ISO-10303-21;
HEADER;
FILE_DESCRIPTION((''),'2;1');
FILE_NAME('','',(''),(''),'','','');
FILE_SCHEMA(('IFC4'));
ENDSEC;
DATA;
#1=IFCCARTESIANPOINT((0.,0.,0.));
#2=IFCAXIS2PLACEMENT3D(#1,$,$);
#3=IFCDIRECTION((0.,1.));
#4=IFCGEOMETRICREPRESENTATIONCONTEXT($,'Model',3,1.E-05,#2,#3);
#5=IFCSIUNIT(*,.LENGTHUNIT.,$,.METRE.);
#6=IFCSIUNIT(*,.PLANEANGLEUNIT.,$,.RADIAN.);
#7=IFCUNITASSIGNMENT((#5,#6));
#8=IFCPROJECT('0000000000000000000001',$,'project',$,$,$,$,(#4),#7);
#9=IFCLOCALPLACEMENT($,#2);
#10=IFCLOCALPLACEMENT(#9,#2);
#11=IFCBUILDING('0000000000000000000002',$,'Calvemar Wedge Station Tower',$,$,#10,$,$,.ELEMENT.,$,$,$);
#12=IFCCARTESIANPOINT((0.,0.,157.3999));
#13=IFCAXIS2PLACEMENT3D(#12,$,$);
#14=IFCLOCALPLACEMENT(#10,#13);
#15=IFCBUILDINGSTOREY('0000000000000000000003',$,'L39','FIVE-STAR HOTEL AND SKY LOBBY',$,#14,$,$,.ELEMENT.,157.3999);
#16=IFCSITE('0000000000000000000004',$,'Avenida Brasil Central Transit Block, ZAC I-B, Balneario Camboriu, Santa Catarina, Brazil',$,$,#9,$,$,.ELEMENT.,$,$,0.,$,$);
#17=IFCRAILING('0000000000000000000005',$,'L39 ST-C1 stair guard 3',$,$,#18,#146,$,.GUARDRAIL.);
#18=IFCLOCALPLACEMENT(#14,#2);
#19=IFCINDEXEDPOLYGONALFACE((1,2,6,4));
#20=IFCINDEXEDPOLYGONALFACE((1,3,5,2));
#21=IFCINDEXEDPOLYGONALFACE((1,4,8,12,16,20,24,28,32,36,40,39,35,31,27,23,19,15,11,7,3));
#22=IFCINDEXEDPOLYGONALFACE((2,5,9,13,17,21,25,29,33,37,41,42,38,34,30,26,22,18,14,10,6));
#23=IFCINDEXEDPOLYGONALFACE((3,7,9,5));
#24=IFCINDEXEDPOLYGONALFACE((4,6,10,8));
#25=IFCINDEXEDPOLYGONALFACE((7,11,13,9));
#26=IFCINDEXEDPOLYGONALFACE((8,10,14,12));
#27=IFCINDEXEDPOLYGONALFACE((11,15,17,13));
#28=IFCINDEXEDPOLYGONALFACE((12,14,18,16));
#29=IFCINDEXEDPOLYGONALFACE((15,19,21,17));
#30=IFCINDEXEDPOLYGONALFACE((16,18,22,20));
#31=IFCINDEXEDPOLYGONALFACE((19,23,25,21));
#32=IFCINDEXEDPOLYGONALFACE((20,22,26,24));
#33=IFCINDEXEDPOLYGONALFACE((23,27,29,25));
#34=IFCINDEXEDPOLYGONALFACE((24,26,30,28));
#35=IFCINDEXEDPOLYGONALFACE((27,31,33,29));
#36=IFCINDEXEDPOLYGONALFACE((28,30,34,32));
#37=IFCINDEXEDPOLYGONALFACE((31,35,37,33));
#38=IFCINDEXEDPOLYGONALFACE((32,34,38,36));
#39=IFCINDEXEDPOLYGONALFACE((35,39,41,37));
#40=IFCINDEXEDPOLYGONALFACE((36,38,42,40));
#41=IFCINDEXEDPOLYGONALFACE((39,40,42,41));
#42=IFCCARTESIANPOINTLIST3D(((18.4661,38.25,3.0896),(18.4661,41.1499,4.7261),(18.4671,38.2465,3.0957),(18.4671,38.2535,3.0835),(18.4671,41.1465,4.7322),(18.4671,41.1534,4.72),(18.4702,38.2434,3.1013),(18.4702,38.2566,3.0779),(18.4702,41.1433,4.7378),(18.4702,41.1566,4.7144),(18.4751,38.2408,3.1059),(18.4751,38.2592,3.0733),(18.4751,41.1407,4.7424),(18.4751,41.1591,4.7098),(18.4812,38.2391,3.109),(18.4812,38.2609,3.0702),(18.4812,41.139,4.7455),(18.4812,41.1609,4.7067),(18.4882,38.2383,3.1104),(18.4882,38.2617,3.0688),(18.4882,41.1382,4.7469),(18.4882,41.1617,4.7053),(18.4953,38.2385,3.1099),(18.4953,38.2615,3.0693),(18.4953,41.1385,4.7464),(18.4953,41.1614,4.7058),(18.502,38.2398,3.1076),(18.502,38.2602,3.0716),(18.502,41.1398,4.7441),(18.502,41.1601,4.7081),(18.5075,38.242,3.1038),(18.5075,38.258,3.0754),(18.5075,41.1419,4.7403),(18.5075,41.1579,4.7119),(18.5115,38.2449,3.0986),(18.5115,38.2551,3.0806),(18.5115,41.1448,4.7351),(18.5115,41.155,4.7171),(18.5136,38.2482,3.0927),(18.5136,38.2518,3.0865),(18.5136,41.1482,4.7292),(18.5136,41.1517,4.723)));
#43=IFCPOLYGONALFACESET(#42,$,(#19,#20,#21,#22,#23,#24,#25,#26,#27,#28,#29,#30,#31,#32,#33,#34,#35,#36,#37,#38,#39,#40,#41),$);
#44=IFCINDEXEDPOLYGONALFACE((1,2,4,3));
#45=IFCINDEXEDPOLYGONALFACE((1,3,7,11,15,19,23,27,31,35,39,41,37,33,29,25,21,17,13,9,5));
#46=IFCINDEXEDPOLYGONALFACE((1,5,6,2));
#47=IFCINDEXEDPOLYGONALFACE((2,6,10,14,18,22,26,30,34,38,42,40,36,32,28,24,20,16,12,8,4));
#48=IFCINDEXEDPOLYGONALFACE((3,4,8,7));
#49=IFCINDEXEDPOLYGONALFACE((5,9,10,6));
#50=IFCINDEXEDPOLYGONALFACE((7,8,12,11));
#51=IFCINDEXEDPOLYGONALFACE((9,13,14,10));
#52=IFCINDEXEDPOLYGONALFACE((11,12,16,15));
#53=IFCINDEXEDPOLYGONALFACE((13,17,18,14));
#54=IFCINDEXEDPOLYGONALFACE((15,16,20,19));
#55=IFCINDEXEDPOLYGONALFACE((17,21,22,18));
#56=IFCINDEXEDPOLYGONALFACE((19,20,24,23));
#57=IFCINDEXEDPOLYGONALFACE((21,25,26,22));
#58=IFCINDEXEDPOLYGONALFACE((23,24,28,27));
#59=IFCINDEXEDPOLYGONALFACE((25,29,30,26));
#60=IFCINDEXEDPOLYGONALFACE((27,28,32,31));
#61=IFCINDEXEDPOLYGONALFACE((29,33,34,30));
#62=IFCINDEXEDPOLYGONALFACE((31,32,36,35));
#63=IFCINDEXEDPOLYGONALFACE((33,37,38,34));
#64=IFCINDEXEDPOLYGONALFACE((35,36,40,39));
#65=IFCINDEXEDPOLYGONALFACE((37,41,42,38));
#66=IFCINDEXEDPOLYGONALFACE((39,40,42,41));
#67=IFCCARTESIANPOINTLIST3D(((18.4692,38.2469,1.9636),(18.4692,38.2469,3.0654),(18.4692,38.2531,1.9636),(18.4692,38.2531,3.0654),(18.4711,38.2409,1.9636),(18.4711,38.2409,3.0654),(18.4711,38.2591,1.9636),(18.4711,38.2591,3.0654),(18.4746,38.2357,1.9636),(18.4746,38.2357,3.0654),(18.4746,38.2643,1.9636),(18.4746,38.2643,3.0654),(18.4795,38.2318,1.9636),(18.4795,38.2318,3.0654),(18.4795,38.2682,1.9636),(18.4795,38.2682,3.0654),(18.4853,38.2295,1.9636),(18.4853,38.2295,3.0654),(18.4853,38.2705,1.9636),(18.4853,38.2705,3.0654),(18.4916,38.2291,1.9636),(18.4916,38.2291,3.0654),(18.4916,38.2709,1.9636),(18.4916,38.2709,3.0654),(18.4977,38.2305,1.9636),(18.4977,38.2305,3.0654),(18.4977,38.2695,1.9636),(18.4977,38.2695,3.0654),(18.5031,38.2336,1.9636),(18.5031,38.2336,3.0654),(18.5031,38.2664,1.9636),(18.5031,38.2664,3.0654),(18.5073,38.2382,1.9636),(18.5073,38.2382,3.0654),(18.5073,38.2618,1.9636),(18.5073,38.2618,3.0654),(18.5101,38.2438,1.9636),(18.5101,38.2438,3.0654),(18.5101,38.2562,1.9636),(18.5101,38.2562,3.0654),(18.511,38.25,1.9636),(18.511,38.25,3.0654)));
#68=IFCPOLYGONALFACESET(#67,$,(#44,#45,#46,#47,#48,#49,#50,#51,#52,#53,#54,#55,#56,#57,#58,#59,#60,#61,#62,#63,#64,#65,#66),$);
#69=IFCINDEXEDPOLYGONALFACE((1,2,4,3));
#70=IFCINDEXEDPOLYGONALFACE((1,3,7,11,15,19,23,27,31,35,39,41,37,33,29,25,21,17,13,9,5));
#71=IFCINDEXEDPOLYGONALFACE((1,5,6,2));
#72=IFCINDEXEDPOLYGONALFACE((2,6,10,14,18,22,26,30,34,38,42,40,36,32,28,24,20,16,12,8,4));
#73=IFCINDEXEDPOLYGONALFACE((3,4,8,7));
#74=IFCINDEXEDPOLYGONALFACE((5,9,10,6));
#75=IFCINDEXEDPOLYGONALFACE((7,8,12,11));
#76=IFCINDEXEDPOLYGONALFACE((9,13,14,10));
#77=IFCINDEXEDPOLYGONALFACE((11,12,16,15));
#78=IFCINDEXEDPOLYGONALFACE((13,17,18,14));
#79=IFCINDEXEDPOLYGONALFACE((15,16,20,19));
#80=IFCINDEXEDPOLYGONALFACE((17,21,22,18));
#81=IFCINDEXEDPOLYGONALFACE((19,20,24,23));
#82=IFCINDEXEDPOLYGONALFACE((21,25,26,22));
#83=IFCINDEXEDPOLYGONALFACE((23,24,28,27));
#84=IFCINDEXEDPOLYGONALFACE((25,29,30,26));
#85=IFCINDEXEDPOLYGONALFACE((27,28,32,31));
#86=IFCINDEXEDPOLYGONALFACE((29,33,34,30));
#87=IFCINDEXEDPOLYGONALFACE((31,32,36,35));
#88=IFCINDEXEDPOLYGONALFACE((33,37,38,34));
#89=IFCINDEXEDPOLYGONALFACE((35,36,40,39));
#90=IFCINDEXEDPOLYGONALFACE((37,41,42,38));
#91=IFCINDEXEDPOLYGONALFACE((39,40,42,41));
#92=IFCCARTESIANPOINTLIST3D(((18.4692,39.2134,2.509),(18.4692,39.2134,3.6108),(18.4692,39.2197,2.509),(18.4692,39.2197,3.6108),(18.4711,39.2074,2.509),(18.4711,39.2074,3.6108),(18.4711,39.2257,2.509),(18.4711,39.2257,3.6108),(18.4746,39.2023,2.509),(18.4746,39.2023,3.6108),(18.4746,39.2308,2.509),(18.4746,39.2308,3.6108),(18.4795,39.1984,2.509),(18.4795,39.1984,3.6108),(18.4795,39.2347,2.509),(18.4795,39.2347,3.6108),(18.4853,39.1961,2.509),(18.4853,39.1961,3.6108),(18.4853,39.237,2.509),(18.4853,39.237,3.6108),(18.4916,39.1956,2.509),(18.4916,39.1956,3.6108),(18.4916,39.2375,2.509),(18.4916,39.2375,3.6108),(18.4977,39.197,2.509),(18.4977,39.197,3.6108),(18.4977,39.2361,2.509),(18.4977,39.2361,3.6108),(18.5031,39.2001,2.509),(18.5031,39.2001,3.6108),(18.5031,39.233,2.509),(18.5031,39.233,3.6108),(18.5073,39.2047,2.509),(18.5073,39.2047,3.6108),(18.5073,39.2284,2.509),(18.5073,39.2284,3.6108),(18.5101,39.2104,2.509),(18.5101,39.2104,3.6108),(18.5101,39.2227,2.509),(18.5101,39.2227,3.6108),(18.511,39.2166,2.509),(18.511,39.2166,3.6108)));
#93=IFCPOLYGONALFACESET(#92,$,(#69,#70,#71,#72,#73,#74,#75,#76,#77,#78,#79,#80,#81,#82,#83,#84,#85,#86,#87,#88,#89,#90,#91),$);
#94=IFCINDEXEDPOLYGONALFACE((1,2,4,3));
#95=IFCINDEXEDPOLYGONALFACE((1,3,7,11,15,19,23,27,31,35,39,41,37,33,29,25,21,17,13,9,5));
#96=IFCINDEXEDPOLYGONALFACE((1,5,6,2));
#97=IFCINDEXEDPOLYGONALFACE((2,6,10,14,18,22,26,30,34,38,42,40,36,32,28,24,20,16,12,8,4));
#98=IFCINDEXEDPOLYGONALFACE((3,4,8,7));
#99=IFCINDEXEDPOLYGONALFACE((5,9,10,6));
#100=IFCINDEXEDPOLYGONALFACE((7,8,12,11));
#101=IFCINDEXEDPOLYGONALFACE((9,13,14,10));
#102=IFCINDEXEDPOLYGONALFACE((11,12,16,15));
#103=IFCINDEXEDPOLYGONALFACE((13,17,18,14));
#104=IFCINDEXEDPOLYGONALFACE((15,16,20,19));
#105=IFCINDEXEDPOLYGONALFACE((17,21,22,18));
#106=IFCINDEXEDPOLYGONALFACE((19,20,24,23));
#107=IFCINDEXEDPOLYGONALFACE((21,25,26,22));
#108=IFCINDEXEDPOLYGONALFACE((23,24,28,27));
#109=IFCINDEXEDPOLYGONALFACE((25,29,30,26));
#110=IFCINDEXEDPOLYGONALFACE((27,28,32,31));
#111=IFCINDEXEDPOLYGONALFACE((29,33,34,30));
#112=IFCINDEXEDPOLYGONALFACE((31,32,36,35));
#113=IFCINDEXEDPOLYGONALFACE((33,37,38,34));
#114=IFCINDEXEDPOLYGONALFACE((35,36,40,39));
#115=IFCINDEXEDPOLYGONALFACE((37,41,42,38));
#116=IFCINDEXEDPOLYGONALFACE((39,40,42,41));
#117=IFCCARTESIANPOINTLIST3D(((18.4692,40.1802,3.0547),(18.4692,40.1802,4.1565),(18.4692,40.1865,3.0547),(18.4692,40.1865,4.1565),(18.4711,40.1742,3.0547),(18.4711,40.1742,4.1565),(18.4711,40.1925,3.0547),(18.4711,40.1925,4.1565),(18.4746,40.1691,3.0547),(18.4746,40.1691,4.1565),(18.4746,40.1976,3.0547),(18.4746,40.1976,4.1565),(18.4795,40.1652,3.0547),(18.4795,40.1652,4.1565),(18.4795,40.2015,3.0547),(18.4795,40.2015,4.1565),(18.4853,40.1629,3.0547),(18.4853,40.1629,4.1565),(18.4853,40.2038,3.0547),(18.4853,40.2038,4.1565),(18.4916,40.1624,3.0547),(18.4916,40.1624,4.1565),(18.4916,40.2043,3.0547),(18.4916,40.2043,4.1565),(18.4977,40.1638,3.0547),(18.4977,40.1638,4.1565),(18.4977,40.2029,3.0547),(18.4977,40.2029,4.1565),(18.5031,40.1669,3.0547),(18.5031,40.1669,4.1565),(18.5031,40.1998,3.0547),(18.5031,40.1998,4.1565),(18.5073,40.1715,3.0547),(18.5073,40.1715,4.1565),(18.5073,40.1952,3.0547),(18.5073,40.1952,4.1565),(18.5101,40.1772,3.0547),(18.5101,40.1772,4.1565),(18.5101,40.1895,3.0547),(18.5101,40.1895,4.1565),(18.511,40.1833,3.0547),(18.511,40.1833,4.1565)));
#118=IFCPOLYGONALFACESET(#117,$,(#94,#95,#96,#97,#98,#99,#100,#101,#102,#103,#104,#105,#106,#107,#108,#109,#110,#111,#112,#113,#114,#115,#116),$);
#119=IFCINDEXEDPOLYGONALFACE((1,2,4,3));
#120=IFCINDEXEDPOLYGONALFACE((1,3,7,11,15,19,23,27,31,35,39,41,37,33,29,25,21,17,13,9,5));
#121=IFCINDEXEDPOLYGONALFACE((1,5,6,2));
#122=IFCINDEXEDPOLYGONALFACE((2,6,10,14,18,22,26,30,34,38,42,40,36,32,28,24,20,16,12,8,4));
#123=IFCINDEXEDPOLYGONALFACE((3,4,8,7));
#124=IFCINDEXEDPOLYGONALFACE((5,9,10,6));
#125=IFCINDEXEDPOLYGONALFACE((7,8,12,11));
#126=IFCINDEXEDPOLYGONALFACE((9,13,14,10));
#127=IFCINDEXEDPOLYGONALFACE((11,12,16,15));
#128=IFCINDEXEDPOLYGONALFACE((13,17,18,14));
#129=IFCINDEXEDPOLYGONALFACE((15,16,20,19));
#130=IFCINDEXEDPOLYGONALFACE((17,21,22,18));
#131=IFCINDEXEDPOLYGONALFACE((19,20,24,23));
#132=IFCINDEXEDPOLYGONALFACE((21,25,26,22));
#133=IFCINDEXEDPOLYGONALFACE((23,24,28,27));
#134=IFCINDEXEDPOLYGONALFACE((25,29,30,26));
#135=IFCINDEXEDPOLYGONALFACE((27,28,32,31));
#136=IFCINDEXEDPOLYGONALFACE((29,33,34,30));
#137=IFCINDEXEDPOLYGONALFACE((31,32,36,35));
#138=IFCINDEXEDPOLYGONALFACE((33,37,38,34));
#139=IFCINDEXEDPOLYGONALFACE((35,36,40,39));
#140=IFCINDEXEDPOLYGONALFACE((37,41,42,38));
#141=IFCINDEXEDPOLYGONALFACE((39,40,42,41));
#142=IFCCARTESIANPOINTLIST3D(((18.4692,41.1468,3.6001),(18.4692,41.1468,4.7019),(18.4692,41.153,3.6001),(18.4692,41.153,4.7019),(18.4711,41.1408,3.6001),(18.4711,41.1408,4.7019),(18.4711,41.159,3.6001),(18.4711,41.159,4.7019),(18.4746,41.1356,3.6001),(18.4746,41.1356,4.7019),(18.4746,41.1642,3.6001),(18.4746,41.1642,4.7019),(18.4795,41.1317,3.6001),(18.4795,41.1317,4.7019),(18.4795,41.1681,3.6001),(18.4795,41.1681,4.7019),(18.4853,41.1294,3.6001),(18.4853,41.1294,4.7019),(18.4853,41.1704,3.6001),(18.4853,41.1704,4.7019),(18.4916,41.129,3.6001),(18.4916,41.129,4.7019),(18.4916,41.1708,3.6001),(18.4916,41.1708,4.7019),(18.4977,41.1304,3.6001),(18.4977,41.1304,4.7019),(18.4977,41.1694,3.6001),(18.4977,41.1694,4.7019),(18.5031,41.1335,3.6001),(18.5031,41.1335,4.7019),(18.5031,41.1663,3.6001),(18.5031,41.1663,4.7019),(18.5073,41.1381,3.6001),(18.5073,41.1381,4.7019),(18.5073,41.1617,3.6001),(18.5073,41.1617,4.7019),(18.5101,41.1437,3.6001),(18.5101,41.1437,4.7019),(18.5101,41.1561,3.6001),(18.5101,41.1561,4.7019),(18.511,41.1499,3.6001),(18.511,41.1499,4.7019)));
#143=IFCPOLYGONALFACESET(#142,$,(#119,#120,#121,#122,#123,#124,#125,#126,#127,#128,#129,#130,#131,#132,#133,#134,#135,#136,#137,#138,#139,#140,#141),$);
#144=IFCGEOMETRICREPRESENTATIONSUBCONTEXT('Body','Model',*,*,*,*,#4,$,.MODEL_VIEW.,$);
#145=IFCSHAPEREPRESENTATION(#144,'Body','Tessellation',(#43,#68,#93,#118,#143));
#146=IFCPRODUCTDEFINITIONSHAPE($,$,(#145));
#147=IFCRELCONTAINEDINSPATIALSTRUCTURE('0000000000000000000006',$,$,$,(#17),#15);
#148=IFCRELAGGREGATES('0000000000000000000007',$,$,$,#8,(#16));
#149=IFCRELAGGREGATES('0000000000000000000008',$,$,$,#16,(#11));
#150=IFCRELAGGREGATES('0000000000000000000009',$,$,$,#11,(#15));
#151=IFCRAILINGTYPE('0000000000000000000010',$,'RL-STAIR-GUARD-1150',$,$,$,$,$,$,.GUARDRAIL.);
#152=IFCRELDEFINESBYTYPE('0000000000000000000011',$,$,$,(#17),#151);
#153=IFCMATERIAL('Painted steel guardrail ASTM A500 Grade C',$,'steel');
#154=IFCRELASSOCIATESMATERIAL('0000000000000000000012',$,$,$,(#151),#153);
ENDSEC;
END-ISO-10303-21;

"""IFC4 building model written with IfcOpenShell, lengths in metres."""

from ifc_helpers import new_model, si_unit, direction, frame, origin, origin_2d, place, context, subcontext, project, spatial, circle, extrude, material, type_object, element, save


model = new_model("IFC4")

# Units and contexts
model_context = context("Model", 3, precision=1e-05, world=origin(), true_north=direction((0.0, 1.0)))
body_context = subcontext(model_context, "Body", "Model", "MODEL_VIEW")
ifc_project = project(units=[si_unit("LENGTHUNIT", "METRE"), si_unit("PLANEANGLEUNIT", "RADIAN")], contexts=[model_context])

# Site, building, storey
site_placement = place(None, origin())
site = spatial("IfcSite", under=ifc_project, at=site_placement, Name="Avenida Brasil Central Transit Block, ZAC I-B, Balneario Camboriu, Santa Catarina, Brazil", CompositionType="ELEMENT", RefElevation=0.0)
building_placement = place(site_placement, origin())
building = spatial("IfcBuilding", under=site, at=building_placement, Name="Calvemar Wedge Station Tower", CompositionType="ELEMENT")
storey_placement = place(building_placement, frame((0.0, 0.0, 157.3999)))
storey = spatial("IfcBuildingStorey", under=building, at=storey_placement, Name="L39", Description="FIVE-STAR HOTEL AND SKY LOBBY", CompositionType="ELEMENT", Elevation=157.3999)

# Railing
ifc_material_1 = material(Name="Painted steel guardrail ASTM A500 Grade C", Category="steel")
railing_type_1 = type_object("IfcRailingType", Name="RL-STAIR-GUARD-1150", PredefinedType="GUARDRAIL", material=ifc_material_1)
railing_1_placement = place(storey_placement, frame((18.49, 38.25, 1.9636)))
element("IfcRailing", 1, at=railing_1_placement, inside=storey, type_object=railing_type_1, Name="L39 ST-C1 stair guard 3", PredefinedType="GUARDRAIL", context=body_context, shape_type="SweptSolid", body=[
    extrude(circle(Radius=0.0239, at=origin_2d()), frame((0.0, 0.0, 1.126), z_axis=(0.0, 0.870897, 0.491465), x_axis=(-1.0, 0.0, 0.0)), (0.0, 0.0, 1.0), 3.3298),
    extrude(circle(Radius=0.021, at=origin_2d()), origin(), (0.0, 0.0, 1.0), 1.1018),
    extrude(circle(Radius=0.021, at=origin_2d()), frame((0.0, 0.9666, 0.5454)), (0.0, 0.0, 1.0), 1.1018),
    extrude(circle(Radius=0.021, at=origin_2d()), frame((0.0, 1.9333, 1.0911)), (0.0, 0.0, 1.0), 1.1018),
    extrude(circle(Radius=0.021, at=origin_2d()), frame((0.0, 2.8999, 1.6365)), (0.0, 0.0, 1.0), 1.1018),
])

save(model, "model.ifc")
